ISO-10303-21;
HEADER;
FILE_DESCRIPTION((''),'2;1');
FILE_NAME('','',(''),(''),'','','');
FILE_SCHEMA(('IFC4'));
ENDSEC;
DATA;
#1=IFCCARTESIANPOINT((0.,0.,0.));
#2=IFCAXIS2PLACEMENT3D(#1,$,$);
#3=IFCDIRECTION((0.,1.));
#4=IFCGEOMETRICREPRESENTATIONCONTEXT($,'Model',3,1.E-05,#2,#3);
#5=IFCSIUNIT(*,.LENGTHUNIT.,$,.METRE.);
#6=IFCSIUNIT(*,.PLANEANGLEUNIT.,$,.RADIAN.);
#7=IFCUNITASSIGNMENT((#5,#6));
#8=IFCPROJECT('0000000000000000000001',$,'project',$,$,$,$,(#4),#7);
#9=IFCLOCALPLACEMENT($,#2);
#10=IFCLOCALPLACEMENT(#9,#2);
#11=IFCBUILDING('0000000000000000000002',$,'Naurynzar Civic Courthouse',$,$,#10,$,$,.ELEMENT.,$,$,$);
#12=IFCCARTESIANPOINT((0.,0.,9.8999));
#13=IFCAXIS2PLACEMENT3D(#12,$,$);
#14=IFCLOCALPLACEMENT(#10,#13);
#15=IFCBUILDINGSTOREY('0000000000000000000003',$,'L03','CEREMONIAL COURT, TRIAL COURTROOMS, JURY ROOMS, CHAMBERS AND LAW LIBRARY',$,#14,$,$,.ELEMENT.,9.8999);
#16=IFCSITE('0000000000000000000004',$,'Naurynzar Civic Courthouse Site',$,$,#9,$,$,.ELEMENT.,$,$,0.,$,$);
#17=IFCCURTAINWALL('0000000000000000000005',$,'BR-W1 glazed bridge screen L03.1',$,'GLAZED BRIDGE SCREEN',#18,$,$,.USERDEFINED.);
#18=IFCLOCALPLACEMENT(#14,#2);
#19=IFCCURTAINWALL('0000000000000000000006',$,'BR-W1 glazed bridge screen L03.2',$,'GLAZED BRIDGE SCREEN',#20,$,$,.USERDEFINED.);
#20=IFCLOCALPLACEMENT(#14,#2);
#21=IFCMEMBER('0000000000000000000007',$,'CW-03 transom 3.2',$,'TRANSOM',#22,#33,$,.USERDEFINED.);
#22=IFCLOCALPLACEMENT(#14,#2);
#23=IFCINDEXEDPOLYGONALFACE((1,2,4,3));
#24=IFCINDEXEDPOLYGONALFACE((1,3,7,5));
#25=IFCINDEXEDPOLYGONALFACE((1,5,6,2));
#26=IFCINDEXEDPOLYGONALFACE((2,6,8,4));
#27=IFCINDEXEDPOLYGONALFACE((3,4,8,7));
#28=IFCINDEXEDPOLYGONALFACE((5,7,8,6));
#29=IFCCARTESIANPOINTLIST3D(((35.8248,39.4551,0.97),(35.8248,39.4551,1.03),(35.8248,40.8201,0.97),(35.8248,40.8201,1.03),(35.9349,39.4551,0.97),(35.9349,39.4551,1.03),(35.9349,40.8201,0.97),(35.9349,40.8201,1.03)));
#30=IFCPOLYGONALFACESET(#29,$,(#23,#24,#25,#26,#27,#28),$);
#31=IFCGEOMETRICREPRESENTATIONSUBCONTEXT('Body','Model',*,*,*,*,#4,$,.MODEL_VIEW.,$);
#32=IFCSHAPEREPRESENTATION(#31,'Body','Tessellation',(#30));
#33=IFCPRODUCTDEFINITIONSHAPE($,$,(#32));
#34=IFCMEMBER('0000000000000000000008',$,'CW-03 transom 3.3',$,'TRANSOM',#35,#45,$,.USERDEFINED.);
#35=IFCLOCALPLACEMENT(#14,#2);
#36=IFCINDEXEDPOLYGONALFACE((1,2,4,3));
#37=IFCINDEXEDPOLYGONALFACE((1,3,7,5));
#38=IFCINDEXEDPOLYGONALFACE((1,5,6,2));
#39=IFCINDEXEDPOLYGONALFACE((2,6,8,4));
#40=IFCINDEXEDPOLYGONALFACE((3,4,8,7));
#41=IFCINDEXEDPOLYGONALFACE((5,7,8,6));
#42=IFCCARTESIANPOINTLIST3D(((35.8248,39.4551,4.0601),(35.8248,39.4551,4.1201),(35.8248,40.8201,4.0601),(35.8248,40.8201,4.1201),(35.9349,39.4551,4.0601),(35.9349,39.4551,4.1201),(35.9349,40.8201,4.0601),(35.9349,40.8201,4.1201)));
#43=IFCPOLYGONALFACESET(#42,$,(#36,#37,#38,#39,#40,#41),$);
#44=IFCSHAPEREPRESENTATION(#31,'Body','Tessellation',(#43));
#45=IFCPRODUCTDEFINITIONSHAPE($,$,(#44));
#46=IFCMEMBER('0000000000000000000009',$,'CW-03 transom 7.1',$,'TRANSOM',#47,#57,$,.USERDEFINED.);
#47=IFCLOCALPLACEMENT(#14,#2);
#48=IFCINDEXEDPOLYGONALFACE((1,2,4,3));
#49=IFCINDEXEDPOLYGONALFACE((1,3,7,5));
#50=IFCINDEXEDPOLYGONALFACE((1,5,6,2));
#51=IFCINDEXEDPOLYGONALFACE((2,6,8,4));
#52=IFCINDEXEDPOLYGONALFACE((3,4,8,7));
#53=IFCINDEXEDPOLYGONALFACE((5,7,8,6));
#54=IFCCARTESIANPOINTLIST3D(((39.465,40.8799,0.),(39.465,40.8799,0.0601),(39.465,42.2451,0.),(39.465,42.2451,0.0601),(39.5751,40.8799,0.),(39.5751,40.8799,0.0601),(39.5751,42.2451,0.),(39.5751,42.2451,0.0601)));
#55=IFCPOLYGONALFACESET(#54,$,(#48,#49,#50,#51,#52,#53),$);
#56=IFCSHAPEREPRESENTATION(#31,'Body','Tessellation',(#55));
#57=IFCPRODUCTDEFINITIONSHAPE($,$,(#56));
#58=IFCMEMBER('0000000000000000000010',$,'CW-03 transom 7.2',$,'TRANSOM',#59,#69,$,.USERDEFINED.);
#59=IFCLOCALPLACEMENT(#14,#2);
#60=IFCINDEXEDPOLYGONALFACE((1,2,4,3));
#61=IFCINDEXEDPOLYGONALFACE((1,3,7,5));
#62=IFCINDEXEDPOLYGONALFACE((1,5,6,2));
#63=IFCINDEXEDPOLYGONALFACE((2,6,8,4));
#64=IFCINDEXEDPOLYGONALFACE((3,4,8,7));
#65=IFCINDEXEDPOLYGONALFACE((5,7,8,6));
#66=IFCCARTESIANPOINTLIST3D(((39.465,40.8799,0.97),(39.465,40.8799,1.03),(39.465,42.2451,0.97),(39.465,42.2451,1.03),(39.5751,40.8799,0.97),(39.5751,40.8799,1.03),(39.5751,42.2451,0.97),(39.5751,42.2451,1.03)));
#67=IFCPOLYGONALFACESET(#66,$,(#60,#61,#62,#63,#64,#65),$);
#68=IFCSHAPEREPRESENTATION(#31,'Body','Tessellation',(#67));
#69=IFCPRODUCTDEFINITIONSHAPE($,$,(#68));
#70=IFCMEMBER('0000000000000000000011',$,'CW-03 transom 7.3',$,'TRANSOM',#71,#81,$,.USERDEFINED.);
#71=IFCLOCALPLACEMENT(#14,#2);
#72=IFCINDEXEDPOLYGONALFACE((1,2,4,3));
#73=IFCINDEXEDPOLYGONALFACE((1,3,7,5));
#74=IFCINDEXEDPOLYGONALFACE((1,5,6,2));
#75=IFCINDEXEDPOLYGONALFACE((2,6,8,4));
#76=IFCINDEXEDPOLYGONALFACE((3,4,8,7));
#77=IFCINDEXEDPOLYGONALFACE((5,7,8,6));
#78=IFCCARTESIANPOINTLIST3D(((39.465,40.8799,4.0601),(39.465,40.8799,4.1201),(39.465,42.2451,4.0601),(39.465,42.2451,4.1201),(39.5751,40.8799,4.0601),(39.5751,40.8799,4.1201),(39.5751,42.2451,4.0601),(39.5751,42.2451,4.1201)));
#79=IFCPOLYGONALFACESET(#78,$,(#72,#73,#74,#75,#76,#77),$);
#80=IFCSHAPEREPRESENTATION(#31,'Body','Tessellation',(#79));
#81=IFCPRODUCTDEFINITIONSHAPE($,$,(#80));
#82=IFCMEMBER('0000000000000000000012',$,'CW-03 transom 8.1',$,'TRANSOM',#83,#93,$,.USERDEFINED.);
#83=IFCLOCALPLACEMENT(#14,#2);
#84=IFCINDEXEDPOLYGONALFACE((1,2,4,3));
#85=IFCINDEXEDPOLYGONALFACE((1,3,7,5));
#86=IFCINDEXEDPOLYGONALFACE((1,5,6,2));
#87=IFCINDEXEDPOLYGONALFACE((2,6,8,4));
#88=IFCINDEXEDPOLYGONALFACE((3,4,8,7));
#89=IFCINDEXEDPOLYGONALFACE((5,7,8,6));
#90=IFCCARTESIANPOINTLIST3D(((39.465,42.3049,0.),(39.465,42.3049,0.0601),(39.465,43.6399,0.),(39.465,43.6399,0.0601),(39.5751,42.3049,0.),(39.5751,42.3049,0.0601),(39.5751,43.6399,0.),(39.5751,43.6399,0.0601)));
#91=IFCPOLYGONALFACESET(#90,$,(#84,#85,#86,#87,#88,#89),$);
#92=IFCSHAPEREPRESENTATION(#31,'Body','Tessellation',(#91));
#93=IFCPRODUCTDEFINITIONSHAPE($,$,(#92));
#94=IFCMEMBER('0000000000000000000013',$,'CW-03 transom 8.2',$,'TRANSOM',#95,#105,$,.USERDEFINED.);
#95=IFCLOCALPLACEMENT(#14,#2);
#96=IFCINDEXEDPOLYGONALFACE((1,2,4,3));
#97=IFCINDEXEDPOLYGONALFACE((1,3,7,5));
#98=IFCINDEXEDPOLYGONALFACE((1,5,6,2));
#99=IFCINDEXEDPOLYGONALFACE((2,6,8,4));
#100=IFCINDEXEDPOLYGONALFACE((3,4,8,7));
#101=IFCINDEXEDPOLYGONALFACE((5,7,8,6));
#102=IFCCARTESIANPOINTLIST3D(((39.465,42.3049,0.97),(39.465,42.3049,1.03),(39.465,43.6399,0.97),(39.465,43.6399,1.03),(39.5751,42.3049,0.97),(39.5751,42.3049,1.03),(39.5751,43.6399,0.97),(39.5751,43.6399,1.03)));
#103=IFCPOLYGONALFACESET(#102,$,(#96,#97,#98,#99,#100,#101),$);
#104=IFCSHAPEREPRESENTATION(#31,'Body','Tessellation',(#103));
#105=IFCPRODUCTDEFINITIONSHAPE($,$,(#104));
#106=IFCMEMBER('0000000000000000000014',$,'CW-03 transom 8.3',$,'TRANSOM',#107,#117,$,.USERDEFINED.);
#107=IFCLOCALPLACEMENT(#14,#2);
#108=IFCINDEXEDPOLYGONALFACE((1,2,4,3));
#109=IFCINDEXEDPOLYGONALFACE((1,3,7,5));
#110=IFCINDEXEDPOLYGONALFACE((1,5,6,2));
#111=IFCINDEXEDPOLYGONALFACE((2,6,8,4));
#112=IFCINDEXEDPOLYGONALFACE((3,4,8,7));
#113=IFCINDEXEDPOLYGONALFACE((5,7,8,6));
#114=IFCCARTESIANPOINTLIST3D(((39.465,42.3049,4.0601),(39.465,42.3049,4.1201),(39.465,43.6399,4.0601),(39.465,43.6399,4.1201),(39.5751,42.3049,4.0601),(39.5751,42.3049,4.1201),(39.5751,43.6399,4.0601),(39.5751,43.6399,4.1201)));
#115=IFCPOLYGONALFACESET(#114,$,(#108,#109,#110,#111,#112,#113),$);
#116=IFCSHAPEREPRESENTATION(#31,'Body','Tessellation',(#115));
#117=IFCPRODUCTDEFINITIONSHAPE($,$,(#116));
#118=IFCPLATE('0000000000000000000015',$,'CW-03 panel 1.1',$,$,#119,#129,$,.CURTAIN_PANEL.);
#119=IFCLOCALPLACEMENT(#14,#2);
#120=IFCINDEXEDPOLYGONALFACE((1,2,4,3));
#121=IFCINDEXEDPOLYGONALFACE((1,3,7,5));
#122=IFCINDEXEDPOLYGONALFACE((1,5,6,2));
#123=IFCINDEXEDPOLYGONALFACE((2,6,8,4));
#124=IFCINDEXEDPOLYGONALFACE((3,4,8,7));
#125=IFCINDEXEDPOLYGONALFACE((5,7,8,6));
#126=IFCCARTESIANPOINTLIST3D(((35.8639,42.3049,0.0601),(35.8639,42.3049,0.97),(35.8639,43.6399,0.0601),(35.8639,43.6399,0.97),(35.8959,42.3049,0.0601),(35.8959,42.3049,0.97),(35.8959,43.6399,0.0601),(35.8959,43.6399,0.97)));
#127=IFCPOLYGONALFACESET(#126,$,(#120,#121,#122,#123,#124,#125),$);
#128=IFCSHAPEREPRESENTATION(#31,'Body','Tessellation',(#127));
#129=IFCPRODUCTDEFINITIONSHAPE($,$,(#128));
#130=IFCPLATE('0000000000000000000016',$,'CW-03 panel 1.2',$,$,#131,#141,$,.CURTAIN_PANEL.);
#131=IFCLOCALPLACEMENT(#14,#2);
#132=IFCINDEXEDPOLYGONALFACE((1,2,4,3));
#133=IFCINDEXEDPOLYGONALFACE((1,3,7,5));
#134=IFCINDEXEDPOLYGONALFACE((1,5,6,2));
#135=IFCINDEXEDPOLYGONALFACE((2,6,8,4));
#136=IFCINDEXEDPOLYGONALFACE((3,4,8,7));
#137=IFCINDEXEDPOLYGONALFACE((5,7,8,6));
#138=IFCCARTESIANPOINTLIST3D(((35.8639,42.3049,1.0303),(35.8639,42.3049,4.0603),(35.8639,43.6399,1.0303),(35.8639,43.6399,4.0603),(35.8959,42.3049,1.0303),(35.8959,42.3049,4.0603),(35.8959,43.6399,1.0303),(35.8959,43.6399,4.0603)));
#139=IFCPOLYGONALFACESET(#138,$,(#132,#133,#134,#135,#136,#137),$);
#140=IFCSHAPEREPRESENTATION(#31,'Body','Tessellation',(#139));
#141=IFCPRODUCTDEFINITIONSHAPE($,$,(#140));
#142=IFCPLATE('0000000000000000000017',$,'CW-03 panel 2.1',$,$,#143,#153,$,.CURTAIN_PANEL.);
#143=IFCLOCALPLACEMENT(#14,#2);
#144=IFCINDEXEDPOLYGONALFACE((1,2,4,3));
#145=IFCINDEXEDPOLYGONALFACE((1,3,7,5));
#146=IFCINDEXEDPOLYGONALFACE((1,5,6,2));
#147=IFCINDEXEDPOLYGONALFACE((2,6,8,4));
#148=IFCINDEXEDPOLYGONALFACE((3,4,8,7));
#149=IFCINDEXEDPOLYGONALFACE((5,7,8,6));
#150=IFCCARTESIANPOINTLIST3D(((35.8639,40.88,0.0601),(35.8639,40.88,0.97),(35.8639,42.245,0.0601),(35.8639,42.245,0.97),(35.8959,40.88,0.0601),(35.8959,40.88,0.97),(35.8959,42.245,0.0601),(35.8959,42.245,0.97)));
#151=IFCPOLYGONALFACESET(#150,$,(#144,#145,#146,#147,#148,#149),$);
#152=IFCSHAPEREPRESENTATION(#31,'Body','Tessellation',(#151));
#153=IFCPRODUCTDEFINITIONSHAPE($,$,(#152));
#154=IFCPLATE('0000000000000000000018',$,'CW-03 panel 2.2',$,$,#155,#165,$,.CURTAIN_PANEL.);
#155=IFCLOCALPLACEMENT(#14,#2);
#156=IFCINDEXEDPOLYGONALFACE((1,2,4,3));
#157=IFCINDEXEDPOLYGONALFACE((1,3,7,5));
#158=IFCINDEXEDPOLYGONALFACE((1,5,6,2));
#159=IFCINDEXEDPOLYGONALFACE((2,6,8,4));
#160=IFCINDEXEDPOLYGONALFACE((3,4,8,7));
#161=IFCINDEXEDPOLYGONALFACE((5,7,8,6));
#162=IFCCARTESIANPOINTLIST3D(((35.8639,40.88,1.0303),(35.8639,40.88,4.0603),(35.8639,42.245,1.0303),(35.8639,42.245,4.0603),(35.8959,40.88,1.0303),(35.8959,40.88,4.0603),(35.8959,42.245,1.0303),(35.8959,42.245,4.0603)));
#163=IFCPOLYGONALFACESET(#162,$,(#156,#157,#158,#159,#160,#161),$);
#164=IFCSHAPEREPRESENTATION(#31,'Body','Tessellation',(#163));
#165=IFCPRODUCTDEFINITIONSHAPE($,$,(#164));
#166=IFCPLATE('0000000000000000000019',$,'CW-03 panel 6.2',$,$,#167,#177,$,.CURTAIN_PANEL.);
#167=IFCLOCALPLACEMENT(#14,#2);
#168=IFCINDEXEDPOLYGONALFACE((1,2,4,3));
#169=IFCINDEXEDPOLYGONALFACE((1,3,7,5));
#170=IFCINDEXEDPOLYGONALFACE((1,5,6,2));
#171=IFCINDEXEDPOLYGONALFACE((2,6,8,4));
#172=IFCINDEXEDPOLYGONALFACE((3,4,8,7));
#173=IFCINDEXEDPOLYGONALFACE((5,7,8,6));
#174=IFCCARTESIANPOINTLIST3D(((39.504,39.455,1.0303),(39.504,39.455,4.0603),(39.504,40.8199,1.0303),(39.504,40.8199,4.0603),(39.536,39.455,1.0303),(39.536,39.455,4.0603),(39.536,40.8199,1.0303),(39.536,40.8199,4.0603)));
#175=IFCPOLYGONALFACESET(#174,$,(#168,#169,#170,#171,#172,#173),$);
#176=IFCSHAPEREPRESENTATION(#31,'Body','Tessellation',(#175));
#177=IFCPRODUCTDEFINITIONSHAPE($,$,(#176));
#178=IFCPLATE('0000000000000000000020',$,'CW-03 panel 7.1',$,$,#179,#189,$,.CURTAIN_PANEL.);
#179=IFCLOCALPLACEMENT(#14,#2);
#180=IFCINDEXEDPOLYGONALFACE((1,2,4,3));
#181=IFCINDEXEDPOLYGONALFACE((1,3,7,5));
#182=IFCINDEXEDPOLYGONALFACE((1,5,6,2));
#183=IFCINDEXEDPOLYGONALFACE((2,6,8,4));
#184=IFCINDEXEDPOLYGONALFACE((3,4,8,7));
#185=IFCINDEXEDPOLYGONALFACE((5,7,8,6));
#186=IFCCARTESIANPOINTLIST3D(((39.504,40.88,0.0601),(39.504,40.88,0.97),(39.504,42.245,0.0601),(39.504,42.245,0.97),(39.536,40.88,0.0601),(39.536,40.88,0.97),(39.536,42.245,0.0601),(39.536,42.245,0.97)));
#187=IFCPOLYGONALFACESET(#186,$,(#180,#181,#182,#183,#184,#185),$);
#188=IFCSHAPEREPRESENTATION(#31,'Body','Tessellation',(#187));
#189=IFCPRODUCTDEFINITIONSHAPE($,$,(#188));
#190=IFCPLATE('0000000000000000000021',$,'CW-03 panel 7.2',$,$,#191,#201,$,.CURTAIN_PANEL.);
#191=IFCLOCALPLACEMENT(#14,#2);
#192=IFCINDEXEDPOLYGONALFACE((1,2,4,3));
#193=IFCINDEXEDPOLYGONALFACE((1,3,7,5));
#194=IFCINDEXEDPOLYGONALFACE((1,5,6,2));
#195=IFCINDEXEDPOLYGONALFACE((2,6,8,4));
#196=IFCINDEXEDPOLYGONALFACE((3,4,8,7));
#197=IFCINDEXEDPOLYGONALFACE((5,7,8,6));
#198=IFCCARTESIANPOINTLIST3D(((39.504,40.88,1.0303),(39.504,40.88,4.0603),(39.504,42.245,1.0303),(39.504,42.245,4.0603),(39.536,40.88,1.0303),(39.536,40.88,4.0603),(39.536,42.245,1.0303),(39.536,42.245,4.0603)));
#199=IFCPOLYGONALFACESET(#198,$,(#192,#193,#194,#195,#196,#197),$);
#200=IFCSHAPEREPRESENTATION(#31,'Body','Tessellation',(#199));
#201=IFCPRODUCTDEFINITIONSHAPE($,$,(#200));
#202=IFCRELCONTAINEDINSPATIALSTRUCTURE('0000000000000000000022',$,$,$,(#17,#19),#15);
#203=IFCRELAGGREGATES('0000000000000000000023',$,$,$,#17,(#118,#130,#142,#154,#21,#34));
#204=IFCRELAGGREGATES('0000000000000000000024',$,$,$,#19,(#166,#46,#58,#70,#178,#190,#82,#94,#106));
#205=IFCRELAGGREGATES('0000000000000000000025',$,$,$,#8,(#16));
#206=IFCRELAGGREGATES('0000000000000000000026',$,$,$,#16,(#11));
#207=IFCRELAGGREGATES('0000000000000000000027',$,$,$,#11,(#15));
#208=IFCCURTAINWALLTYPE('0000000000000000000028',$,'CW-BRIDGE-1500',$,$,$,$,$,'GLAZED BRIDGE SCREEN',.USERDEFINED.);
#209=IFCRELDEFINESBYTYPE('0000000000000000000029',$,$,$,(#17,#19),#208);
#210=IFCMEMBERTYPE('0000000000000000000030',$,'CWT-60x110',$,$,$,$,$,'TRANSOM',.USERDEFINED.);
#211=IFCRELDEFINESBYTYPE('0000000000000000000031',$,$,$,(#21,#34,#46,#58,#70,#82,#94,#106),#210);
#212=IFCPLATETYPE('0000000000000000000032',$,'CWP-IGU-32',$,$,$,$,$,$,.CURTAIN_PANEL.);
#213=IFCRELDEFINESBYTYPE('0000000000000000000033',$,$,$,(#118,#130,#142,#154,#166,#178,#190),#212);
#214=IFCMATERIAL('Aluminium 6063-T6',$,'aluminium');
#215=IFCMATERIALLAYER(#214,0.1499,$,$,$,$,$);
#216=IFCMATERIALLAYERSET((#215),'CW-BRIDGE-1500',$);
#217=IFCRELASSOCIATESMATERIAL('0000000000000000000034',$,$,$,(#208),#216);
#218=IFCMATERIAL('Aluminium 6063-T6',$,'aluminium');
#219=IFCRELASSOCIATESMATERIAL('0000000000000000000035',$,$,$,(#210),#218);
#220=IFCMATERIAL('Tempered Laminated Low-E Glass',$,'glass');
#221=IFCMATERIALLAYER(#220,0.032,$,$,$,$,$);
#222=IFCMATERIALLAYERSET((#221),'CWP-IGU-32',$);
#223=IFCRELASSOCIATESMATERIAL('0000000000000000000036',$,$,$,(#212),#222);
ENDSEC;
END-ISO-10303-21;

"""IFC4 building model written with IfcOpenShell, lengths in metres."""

from ifc_helpers import new_model, si_unit, direction, frame, origin, origin_2d, place, context, subcontext, project, spatial, rectangle, extrude, material, layer, layer_set, material_profile, profile_set, type_object, element, aggregate, save


model = new_model("IFC4")

# Units and contexts
model_context = context("Model", 3, precision=1e-05, world=origin(), true_north=direction((0.0, 1.0)))
body_context = subcontext(model_context, "Body", "Model", "MODEL_VIEW")
ifc_project = project(units=[si_unit("LENGTHUNIT", "METRE"), si_unit("PLANEANGLEUNIT", "RADIAN")], contexts=[model_context])

# Site, building, storey
site_placement = place(None, origin())
site = spatial("IfcSite", under=ifc_project, at=site_placement, Name="Naurynzar Civic Courthouse Site", CompositionType="ELEMENT", RefElevation=0.0)
building_placement = place(site_placement, origin())
building = spatial("IfcBuilding", under=site, at=building_placement, Name="Naurynzar Civic Courthouse", CompositionType="ELEMENT")
storey_placement = place(building_placement, frame((0.0, 0.0, 9.8999)))
storey = spatial("IfcBuildingStorey", under=building, at=storey_placement, Name="L03", Description="CEREMONIAL COURT, TRIAL COURTROOMS, JURY ROOMS, CHAMBERS AND LAW LIBRARY", CompositionType="ELEMENT", Elevation=9.8999)

# Curtain walls
ifc_material_1 = material(Name="Aluminium 6063-T6", Category="aluminium")
ifc_layer_1 = layer(ifc_material_1, 0.1499)
ifc_layer_set_1 = layer_set([ifc_layer_1], Name="CW-BRIDGE-1500")
curtain_wall_type = type_object("IfcCurtainWallType", Name="CW-BRIDGE-1500", ElementType="GLAZED BRIDGE SCREEN", PredefinedType="USERDEFINED", material=ifc_layer_set_1)
curtain_wall_1_placement = place(storey_placement, origin())
curtain_wall_1 = element("IfcCurtainWall", 1, at=curtain_wall_1_placement, inside=storey, type_object=curtain_wall_type, Name="BR-W1 glazed bridge screen L03.1", ObjectType="GLAZED BRIDGE SCREEN", PredefinedType="USERDEFINED")
curtain_wall_2_placement = place(storey_placement, origin())
curtain_wall_2 = element("IfcCurtainWall", 2, at=curtain_wall_2_placement, inside=storey, type_object=curtain_wall_type, Name="BR-W1 glazed bridge screen L03.2", ObjectType="GLAZED BRIDGE SCREEN", PredefinedType="USERDEFINED")

# Members
ifc_material_2 = material(Name="Aluminium 6063-T6", Category="aluminium")
ifc_material_profile_1 = material_profile(ifc_material_2, rectangle(XDim=0.1101, YDim=0.0601, at=origin_2d()), Name="ALU TRANSOM 60x110")
ifc_profile_set_1 = profile_set([ifc_material_profile_1], Name="Aluminium 6063-T6")
member_type_1 = type_object("IfcMemberType", Name="CWT-60x110", ElementType="TRANSOM", PredefinedType="USERDEFINED", material=ifc_profile_set_1)
member_1_placement = place(storey_placement, frame((35.8799, 40.8201, 1.0), z_axis=(0.0, -1.0, 0.0), x_axis=(1.0, 0.0, 0.0)))
member_1 = element("IfcMember", 3, at=member_1_placement, type_object=member_type_1, Name="CW-03 transom 3.2", ObjectType="TRANSOM", PredefinedType="USERDEFINED", context=body_context, shape_type="SweptSolid", body=[
    extrude(rectangle(XDim=0.1101, YDim=0.0601, at=origin_2d()), origin(), (0.0, 0.0, 1.0), 1.365),
])
member_2_placement = place(storey_placement, frame((35.8799, 40.8201, 4.0901), z_axis=(0.0, -1.0, 0.0), x_axis=(1.0, 0.0, 0.0)))
member_2 = element("IfcMember", 4, at=member_2_placement, type_object=member_type_1, Name="CW-03 transom 3.3", ObjectType="TRANSOM", PredefinedType="USERDEFINED", context=body_context, shape_type="SweptSolid", body=[
    extrude(rectangle(XDim=0.1101, YDim=0.0601, at=origin_2d()), origin(), (0.0, 0.0, 1.0), 1.365),
])
member_3_placement = place(storey_placement, frame((39.52, 40.8799, 0.03), z_axis=(0.0, 1.0, 0.0), x_axis=(-1.0, 0.0, 0.0)))
member_3 = element("IfcMember", 5, at=member_3_placement, type_object=member_type_1, Name="CW-03 transom 7.1", ObjectType="TRANSOM", PredefinedType="USERDEFINED", context=body_context, shape_type="SweptSolid", body=[
    extrude(rectangle(XDim=0.1101, YDim=0.0601, at=origin_2d()), origin(), (0.0, 0.0, 1.0), 1.3652),
])
member_4_placement = place(storey_placement, frame((39.52, 40.8799, 1.0), z_axis=(0.0, 1.0, 0.0), x_axis=(-1.0, 0.0, 0.0)))
member_4 = element("IfcMember", 6, at=member_4_placement, type_object=member_type_1, Name="CW-03 transom 7.2", ObjectType="TRANSOM", PredefinedType="USERDEFINED", context=body_context, shape_type="SweptSolid", body=[
    extrude(rectangle(XDim=0.1101, YDim=0.0601, at=origin_2d()), origin(), (0.0, 0.0, 1.0), 1.3652),
])
member_5_placement = place(storey_placement, frame((39.52, 40.8799, 4.0901), z_axis=(0.0, 1.0, 0.0), x_axis=(-1.0, 0.0, 0.0)))
member_5 = element("IfcMember", 7, at=member_5_placement, type_object=member_type_1, Name="CW-03 transom 7.3", ObjectType="TRANSOM", PredefinedType="USERDEFINED", context=body_context, shape_type="SweptSolid", body=[
    extrude(rectangle(XDim=0.1101, YDim=0.0601, at=origin_2d()), origin(), (0.0, 0.0, 1.0), 1.3652),
])
member_6_placement = place(storey_placement, frame((39.52, 42.3049, 0.03), z_axis=(0.0, 1.0, 0.0), x_axis=(-1.0, 0.0, 0.0)))
member_6 = element("IfcMember", 8, at=member_6_placement, type_object=member_type_1, Name="CW-03 transom 8.1", ObjectType="TRANSOM", PredefinedType="USERDEFINED", context=body_context, shape_type="SweptSolid", body=[
    extrude(rectangle(XDim=0.1101, YDim=0.0601, at=origin_2d()), origin(), (0.0, 0.0, 1.0), 1.335),
])
member_7_placement = place(storey_placement, frame((39.52, 42.3049, 1.0), z_axis=(0.0, 1.0, 0.0), x_axis=(-1.0, 0.0, 0.0)))
member_7 = element("IfcMember", 9, at=member_7_placement, type_object=member_type_1, Name="CW-03 transom 8.2", ObjectType="TRANSOM", PredefinedType="USERDEFINED", context=body_context, shape_type="SweptSolid", body=[
    extrude(rectangle(XDim=0.1101, YDim=0.0601, at=origin_2d()), origin(), (0.0, 0.0, 1.0), 1.335),
])
member_8_placement = place(storey_placement, frame((39.52, 42.3049, 4.0901), z_axis=(0.0, 1.0, 0.0), x_axis=(-1.0, 0.0, 0.0)))
member_8 = element("IfcMember", 10, at=member_8_placement, type_object=member_type_1, Name="CW-03 transom 8.3", ObjectType="TRANSOM", PredefinedType="USERDEFINED", context=body_context, shape_type="SweptSolid", body=[
    extrude(rectangle(XDim=0.1101, YDim=0.0601, at=origin_2d()), origin(), (0.0, 0.0, 1.0), 1.335),
])

# Plates
ifc_material_3 = material(Name="Tempered Laminated Low-E Glass", Category="glass")
ifc_layer_2 = layer(ifc_material_3, 0.032)
ifc_layer_set_2 = layer_set([ifc_layer_2], Name="CWP-IGU-32")
plate_type_1 = type_object("IfcPlateType", Name="CWP-IGU-32", PredefinedType="CURTAIN_PANEL", material=ifc_layer_set_2)
plate_1_placement = place(storey_placement, frame((35.8799, 42.9724, 0.0601), z_axis=(0.0, 0.0, 1.0), x_axis=(0.0, -1.0, 0.0)))
plate_1 = element("IfcPlate", 11, at=plate_1_placement, type_object=plate_type_1, Name="CW-03 panel 1.1", PredefinedType="CURTAIN_PANEL", context=body_context, shape_type="SweptSolid", body=[
    extrude(rectangle(XDim=1.335, YDim=0.032, at=origin_2d()), origin(), (0.0, 0.0, 1.0), 0.9099),
])
plate_2_placement = place(storey_placement, frame((35.8799, 42.9724, 1.0303), z_axis=(0.0, 0.0, 1.0), x_axis=(0.0, -1.0, 0.0)))
plate_2 = element("IfcPlate", 12, at=plate_2_placement, type_object=plate_type_1, Name="CW-03 panel 1.2", PredefinedType="CURTAIN_PANEL", context=body_context, shape_type="SweptSolid", body=[
    extrude(rectangle(XDim=1.335, YDim=0.032, at=origin_2d()), origin(), (0.0, 0.0, 1.0), 3.03),
])
plate_3_placement = place(storey_placement, frame((35.8799, 41.5625, 0.0601), z_axis=(0.0, 0.0, 1.0), x_axis=(0.0, -1.0, 0.0)))
plate_3 = element("IfcPlate", 13, at=plate_3_placement, type_object=plate_type_1, Name="CW-03 panel 2.1", PredefinedType="CURTAIN_PANEL", context=body_context, shape_type="SweptSolid", body=[
    extrude(rectangle(XDim=1.365, YDim=0.032, at=origin_2d()), origin(), (0.0, 0.0, 1.0), 0.9099),
])
plate_4_placement = place(storey_placement, frame((35.8799, 41.5625, 1.0303), z_axis=(0.0, 0.0, 1.0), x_axis=(0.0, -1.0, 0.0)))
plate_4 = element("IfcPlate", 14, at=plate_4_placement, type_object=plate_type_1, Name="CW-03 panel 2.2", PredefinedType="CURTAIN_PANEL", context=body_context, shape_type="SweptSolid", body=[
    extrude(rectangle(XDim=1.365, YDim=0.032, at=origin_2d()), origin(), (0.0, 0.0, 1.0), 3.03),
])
aggregate(curtain_wall_1, [plate_1, plate_2, plate_3, plate_4, member_1, member_2])
plate_5_placement = place(storey_placement, frame((39.52, 40.1375, 1.0303), z_axis=(0.0, 0.0, 1.0), x_axis=(0.0, 1.0, 0.0)))
plate_5 = element("IfcPlate", 15, at=plate_5_placement, type_object=plate_type_1, Name="CW-03 panel 6.2", PredefinedType="CURTAIN_PANEL", context=body_context, shape_type="SweptSolid", body=[
    extrude(rectangle(XDim=1.365, YDim=0.032, at=origin_2d()), origin(), (0.0, 0.0, 1.0), 3.03),
])
plate_6_placement = place(storey_placement, frame((39.52, 41.5625, 0.0601), z_axis=(0.0, 0.0, 1.0), x_axis=(0.0, 1.0, 0.0)))
plate_6 = element("IfcPlate", 16, at=plate_6_placement, type_object=plate_type_1, Name="CW-03 panel 7.1", PredefinedType="CURTAIN_PANEL", context=body_context, shape_type="SweptSolid", body=[
    extrude(rectangle(XDim=1.365, YDim=0.032, at=origin_2d()), origin(), (0.0, 0.0, 1.0), 0.9099),
])
plate_7_placement = place(storey_placement, frame((39.52, 41.5625, 1.0303), z_axis=(0.0, 0.0, 1.0), x_axis=(0.0, 1.0, 0.0)))
plate_7 = element("IfcPlate", 17, at=plate_7_placement, type_object=plate_type_1, Name="CW-03 panel 7.2", PredefinedType="CURTAIN_PANEL", context=body_context, shape_type="SweptSolid", body=[
    extrude(rectangle(XDim=1.365, YDim=0.032, at=origin_2d()), origin(), (0.0, 0.0, 1.0), 3.03),
])
aggregate(curtain_wall_2, [plate_5, member_3, member_4, member_5, plate_6, plate_7, member_6, member_7, member_8])

save(model, "model.ifc")
